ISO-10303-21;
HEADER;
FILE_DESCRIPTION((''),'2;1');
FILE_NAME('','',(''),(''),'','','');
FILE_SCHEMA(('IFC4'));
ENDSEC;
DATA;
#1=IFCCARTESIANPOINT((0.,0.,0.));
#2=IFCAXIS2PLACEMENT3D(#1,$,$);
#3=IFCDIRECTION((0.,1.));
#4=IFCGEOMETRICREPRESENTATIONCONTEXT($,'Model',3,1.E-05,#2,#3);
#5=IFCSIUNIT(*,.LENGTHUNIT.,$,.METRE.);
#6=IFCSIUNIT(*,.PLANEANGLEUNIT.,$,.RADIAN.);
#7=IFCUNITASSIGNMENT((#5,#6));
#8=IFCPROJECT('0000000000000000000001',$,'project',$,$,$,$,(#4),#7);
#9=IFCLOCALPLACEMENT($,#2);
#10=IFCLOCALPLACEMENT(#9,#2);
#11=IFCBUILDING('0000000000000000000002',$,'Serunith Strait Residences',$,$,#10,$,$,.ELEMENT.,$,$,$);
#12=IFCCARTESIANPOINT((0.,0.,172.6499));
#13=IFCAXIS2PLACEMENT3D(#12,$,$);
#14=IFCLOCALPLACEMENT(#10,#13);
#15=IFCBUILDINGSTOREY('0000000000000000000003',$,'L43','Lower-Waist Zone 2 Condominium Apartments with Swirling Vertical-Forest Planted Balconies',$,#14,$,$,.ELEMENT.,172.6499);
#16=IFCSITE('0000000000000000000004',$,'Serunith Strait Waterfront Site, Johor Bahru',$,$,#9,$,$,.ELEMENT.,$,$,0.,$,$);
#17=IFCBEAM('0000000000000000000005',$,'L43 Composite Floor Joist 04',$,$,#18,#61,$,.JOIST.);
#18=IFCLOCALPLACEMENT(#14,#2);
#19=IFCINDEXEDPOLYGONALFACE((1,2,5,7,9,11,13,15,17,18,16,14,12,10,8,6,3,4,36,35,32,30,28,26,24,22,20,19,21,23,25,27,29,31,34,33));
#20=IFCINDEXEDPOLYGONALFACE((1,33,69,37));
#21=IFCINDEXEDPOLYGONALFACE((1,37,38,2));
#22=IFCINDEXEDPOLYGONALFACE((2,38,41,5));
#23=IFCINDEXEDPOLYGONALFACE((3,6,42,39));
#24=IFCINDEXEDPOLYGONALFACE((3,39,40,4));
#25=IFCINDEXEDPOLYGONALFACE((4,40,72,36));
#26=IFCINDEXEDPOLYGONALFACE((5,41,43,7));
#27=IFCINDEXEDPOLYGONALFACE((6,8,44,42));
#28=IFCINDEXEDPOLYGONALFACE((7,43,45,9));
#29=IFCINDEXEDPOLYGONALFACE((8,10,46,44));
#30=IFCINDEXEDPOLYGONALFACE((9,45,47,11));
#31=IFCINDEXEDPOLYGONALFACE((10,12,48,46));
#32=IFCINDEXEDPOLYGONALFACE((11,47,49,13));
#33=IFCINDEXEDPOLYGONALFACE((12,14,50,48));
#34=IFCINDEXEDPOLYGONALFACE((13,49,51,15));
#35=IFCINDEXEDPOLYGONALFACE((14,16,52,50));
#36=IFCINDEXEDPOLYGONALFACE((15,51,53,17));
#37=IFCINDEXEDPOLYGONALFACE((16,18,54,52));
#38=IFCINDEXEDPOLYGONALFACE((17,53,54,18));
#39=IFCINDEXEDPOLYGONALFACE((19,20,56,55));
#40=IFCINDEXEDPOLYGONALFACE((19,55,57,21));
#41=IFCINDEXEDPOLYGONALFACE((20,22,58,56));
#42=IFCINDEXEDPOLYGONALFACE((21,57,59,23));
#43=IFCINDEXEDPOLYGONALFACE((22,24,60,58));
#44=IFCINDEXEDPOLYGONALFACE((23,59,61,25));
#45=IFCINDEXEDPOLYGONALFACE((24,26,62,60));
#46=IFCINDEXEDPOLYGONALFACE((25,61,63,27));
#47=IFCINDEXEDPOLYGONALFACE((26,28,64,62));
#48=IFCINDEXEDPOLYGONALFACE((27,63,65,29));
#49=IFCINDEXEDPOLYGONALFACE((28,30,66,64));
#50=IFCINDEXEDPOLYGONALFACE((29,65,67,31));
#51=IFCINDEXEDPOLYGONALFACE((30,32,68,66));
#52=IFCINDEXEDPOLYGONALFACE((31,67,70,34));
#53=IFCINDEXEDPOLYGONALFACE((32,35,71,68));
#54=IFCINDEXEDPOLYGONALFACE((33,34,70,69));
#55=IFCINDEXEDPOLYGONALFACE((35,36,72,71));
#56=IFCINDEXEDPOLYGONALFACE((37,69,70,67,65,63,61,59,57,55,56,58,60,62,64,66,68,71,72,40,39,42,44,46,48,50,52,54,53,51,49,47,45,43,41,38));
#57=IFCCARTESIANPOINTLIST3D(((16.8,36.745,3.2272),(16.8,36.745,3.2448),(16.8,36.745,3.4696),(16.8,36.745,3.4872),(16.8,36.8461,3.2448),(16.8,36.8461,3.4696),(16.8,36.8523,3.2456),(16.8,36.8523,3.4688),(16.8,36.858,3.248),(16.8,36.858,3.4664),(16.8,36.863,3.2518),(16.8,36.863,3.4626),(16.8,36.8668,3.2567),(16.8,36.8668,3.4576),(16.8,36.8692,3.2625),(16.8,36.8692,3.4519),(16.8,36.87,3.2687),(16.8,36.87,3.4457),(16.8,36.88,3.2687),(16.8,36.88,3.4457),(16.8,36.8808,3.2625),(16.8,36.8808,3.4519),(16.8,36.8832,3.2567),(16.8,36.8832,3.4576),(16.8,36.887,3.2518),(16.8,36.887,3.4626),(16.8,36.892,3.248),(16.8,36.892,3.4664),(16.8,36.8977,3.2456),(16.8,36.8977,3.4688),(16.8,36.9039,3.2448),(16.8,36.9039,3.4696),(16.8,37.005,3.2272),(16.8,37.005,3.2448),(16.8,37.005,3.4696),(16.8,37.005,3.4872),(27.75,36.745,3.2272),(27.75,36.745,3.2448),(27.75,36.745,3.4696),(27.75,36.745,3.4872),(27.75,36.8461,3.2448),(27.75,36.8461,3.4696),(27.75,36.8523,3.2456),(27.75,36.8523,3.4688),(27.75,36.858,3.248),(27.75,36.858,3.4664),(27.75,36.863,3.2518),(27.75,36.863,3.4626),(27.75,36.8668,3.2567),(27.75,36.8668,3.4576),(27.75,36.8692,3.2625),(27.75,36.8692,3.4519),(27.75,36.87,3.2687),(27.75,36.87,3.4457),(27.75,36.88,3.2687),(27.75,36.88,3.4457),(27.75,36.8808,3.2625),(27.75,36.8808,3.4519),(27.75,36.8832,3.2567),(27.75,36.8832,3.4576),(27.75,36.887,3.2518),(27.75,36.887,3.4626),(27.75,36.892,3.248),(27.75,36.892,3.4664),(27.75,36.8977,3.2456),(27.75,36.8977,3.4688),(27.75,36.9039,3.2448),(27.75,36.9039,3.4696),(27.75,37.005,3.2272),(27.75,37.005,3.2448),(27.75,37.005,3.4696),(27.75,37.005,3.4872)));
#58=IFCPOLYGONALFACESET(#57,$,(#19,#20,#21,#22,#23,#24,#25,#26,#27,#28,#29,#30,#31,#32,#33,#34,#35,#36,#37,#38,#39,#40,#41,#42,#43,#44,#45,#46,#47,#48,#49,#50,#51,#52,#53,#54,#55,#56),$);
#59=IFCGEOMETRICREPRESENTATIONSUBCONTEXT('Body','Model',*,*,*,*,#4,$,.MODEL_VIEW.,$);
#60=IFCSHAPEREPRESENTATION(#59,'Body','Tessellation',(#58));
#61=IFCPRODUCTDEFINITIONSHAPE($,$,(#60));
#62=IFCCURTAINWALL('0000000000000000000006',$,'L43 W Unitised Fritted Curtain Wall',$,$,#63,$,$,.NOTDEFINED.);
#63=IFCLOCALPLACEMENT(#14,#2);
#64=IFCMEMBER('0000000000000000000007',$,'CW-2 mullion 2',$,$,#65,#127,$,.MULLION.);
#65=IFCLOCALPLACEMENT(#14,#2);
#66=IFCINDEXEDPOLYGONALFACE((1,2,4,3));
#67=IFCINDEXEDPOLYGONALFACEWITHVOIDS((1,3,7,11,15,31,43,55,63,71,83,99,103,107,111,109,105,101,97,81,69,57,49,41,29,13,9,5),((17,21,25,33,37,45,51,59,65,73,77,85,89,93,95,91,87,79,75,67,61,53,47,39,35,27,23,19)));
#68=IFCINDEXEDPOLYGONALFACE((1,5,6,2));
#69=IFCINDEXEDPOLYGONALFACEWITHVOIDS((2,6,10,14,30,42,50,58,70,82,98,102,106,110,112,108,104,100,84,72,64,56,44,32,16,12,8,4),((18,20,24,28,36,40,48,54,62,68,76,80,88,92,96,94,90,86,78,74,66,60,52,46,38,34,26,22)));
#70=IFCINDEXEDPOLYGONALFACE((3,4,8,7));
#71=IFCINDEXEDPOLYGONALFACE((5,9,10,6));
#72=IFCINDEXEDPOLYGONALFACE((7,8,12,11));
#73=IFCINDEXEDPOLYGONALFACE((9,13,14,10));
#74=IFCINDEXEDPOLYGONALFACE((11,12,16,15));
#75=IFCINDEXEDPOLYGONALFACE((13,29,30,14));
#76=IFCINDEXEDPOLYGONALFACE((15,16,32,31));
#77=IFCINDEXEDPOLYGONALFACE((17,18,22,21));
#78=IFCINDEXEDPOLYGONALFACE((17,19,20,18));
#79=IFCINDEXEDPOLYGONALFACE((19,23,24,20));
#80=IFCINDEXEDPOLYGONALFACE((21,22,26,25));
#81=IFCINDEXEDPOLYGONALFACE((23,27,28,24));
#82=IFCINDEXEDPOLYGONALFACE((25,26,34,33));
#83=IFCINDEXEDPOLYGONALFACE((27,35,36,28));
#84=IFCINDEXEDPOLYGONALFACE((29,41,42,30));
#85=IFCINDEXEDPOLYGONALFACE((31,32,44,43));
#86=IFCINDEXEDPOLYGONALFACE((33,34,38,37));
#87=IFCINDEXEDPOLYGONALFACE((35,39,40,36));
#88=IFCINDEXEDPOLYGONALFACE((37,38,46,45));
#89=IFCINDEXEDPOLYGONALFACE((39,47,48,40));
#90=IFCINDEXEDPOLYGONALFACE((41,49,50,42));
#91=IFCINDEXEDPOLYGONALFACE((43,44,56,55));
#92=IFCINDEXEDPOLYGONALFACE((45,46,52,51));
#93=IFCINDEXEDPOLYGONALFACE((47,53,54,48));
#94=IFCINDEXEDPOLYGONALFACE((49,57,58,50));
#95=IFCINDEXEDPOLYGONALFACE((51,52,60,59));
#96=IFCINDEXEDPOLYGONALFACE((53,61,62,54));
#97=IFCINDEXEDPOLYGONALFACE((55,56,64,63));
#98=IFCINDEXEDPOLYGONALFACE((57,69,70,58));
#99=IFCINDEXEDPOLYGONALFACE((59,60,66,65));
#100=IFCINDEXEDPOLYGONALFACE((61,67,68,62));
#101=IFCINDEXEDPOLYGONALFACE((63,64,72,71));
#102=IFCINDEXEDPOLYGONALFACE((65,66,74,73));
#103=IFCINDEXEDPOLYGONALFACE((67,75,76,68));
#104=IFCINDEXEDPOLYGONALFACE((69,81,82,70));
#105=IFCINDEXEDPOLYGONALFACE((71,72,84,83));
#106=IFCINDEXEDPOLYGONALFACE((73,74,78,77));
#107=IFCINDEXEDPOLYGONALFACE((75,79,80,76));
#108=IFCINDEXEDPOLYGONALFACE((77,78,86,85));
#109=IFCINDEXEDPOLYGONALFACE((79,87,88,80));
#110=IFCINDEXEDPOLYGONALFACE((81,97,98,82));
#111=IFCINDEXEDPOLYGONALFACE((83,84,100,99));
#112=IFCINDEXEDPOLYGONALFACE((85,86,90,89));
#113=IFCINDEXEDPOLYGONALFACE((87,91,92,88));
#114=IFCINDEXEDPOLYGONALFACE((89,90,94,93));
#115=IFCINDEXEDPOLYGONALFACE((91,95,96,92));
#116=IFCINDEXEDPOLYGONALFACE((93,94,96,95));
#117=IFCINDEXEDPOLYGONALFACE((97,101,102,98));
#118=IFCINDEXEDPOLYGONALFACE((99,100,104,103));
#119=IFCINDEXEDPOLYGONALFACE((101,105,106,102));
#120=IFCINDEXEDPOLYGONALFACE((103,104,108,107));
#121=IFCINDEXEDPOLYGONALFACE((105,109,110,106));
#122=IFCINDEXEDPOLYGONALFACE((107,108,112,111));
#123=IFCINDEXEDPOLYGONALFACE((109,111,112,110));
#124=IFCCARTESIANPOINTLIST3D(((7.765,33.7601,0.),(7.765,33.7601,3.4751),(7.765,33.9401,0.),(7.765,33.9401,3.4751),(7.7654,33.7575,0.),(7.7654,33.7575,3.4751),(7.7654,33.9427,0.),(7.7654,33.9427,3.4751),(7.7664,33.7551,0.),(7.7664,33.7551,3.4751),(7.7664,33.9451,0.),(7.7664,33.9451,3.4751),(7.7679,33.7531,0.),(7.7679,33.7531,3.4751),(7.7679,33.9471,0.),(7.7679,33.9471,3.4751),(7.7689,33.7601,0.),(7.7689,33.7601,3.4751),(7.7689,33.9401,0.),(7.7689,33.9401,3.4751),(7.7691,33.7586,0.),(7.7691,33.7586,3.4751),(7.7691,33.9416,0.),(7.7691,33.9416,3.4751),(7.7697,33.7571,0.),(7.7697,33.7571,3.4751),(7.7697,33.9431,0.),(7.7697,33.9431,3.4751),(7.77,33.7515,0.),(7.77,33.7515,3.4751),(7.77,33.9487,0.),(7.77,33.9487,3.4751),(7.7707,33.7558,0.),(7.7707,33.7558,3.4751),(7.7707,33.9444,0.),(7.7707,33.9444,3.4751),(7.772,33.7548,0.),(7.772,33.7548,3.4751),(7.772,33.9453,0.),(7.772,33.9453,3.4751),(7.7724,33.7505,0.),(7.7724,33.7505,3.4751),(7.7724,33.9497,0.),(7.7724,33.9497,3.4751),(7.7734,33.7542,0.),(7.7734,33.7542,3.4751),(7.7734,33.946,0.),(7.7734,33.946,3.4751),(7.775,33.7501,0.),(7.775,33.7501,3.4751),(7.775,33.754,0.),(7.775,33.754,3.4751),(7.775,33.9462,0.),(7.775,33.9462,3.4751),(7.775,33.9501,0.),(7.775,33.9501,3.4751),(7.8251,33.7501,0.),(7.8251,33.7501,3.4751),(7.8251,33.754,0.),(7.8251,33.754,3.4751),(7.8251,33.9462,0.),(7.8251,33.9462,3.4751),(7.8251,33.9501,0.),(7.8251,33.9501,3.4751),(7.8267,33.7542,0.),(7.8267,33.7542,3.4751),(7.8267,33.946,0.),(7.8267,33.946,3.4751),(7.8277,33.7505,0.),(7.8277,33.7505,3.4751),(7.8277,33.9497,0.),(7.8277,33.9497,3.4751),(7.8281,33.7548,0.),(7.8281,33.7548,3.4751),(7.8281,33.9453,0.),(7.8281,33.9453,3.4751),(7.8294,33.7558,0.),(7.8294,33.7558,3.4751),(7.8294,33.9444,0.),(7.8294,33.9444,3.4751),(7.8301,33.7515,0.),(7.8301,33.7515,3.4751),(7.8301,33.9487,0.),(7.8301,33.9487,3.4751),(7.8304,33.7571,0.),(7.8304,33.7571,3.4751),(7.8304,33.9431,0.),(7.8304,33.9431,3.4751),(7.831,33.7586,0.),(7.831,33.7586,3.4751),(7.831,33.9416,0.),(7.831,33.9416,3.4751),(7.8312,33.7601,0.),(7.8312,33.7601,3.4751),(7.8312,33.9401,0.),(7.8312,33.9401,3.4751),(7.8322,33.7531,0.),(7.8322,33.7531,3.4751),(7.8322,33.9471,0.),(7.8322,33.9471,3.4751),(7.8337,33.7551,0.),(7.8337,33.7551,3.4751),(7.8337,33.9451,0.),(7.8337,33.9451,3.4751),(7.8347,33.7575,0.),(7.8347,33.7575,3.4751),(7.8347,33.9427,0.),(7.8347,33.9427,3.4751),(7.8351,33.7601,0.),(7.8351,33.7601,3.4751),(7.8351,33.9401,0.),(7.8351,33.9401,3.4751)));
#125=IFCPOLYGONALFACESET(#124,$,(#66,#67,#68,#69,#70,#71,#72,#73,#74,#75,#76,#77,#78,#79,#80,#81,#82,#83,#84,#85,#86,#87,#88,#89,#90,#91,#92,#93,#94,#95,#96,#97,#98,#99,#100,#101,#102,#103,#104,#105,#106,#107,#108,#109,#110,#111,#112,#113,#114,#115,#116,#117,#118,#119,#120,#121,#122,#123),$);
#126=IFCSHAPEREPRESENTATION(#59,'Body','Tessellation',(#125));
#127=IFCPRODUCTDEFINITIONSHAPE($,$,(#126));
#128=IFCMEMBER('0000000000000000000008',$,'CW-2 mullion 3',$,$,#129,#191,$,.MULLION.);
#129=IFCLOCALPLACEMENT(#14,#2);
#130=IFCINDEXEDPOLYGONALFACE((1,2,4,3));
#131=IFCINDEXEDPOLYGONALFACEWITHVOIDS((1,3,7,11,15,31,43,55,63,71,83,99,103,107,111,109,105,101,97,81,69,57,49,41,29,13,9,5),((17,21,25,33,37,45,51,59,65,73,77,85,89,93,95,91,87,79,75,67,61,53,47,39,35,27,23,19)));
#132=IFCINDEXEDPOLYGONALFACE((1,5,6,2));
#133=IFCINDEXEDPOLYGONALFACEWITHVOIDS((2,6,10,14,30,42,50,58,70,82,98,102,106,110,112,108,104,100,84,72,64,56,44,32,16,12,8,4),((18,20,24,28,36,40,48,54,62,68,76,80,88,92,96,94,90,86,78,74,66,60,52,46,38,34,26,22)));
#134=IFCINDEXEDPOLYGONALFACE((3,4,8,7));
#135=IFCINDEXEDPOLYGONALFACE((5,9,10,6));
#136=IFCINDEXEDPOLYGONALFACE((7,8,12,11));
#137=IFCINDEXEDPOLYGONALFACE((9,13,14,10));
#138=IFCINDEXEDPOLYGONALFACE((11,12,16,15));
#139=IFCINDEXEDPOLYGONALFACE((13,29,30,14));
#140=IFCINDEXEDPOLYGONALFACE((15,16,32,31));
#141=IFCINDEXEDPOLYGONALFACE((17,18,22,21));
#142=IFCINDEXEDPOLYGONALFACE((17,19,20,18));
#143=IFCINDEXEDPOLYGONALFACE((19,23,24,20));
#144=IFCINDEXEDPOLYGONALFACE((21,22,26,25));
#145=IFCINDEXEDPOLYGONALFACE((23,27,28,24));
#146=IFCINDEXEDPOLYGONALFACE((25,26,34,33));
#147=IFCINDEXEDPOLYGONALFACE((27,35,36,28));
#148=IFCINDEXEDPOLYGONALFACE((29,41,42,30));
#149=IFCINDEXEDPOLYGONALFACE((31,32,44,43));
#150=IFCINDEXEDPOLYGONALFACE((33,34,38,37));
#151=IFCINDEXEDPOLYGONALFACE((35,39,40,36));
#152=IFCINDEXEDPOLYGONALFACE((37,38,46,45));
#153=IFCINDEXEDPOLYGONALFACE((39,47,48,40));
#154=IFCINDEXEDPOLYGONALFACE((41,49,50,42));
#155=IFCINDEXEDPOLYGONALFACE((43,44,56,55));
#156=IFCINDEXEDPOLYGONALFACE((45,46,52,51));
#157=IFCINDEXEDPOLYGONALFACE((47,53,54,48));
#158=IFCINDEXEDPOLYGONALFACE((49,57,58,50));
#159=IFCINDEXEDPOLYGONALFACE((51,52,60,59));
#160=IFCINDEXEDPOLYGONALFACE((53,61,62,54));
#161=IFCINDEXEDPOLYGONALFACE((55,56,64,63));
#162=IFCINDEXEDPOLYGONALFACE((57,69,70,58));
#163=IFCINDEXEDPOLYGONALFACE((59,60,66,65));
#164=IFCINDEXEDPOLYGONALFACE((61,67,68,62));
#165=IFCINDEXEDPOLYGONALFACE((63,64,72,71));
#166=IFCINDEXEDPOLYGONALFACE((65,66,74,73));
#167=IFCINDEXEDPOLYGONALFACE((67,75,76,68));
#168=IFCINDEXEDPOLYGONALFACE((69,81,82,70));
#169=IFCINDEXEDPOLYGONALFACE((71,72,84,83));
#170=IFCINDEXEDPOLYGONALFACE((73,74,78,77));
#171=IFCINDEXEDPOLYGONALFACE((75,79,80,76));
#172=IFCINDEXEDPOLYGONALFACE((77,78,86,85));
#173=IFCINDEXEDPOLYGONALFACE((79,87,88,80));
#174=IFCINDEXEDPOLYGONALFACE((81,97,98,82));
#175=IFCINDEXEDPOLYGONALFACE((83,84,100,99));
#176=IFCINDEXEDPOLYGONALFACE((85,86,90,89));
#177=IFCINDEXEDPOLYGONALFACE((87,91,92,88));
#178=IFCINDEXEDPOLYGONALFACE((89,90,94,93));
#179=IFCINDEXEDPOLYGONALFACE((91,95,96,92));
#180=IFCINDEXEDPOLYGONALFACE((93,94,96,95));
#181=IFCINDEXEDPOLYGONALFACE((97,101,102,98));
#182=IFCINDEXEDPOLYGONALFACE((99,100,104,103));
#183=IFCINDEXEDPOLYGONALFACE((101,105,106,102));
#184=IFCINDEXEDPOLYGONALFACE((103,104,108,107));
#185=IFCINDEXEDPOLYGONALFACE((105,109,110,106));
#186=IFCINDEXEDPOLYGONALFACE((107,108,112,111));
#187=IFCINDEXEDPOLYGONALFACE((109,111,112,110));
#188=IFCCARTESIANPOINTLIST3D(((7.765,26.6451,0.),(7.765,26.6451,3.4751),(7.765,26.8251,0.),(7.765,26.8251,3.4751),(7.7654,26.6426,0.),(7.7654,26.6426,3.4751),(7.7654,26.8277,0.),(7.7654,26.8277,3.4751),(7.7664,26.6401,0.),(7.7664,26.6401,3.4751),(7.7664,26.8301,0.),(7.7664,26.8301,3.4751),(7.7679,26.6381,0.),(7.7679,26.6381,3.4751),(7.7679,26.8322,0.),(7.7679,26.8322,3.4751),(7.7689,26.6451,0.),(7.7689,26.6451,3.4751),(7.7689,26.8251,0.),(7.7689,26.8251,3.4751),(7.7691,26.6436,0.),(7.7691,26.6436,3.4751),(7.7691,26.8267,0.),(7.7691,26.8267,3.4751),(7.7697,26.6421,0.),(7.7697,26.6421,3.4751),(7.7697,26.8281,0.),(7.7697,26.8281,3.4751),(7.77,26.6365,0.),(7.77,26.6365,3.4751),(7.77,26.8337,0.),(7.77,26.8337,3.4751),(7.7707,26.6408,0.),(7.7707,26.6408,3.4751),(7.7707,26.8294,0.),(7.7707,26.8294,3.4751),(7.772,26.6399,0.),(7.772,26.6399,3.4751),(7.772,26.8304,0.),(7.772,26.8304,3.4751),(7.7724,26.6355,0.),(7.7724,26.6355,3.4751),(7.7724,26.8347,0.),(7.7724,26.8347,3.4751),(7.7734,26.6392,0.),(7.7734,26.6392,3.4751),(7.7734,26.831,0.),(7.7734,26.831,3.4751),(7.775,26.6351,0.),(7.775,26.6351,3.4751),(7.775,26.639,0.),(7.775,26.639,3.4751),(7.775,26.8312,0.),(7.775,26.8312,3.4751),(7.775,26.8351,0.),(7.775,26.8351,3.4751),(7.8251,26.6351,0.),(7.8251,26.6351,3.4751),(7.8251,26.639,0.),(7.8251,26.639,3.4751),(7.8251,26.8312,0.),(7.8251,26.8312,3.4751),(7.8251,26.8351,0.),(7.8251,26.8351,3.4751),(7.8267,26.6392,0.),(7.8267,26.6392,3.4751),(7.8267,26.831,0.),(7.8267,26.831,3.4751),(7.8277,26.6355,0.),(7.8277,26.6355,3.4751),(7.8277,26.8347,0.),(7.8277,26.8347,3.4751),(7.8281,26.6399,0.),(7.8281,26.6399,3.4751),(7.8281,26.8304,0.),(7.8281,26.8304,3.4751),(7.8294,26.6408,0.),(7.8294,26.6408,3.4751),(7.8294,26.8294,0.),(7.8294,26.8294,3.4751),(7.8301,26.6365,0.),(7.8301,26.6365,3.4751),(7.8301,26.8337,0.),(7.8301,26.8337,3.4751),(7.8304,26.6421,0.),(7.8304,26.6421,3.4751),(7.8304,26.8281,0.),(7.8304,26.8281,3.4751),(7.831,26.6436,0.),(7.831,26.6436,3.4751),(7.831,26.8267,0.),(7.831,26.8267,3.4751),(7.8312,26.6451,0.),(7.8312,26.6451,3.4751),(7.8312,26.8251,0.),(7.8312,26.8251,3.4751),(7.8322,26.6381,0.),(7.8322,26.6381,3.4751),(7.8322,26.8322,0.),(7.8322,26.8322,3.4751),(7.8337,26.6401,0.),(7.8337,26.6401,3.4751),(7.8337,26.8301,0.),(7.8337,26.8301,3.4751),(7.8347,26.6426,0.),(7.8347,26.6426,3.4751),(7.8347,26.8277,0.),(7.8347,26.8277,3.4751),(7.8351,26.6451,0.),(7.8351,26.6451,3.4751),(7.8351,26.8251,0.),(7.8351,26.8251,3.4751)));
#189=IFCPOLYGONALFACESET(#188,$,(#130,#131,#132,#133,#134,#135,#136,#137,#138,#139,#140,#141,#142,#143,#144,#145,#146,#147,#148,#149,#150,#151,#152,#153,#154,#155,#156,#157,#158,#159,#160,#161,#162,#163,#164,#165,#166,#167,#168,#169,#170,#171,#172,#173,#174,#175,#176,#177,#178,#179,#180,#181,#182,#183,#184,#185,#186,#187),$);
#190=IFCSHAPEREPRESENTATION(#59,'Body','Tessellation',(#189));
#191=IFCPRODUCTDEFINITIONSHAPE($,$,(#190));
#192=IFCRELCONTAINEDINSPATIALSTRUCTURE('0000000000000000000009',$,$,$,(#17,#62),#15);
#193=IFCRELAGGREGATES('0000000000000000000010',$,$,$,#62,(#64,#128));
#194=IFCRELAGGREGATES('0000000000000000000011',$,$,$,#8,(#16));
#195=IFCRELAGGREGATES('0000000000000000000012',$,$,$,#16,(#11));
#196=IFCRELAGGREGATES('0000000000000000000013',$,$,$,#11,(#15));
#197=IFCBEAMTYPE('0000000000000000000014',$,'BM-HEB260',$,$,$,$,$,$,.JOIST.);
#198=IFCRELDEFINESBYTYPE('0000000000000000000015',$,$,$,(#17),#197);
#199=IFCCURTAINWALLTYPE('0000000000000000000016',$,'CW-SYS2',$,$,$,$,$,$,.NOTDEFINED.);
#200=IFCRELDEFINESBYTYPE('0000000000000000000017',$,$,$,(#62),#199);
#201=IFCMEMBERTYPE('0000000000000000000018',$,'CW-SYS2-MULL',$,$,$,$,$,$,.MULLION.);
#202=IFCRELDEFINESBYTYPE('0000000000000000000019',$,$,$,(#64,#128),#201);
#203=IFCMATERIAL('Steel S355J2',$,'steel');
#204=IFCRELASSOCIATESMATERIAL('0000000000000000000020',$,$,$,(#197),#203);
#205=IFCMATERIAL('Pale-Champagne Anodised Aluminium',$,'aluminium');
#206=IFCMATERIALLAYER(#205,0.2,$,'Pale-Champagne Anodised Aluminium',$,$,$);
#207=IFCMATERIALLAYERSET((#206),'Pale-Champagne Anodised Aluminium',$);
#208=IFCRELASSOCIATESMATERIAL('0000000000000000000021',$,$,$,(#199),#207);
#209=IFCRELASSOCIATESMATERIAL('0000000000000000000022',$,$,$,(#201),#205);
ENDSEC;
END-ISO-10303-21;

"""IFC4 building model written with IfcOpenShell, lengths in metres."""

from ifc_helpers import new_model, si_unit, direction, frame, origin, origin_2d, place, context, subcontext, project, spatial, hollow_rectangle, i_section, extrude, source, transform, mapped, material, layer, layer_set, material_profile, profile_set, type_object, element, aggregate, save


model = new_model("IFC4")

# Units and contexts
model_context = context("Model", 3, precision=1e-05, world=origin(), true_north=direction((0.0, 1.0)))
body_context = subcontext(model_context, "Body", "Model", "MODEL_VIEW")
ifc_project = project(units=[si_unit("LENGTHUNIT", "METRE"), si_unit("PLANEANGLEUNIT", "RADIAN")], contexts=[model_context])

# Site, building, storey
site_placement = place(None, origin())
site = spatial("IfcSite", under=ifc_project, at=site_placement, Name="Serunith Strait Waterfront Site, Johor Bahru", CompositionType="ELEMENT", RefElevation=0.0)
building_placement = place(site_placement, origin())
building = spatial("IfcBuilding", under=site, at=building_placement, Name="Serunith Strait Residences", CompositionType="ELEMENT")
storey_placement = place(building_placement, frame((0.0, 0.0, 172.6499)))
storey = spatial("IfcBuildingStorey", under=building, at=storey_placement, Name="L43", Description="Lower-Waist Zone 2 Condominium Apartments with Swirling Vertical-Forest Planted Balconies", CompositionType="ELEMENT", Elevation=172.6499)

# Beam
ifc_material_1 = material(Name="Steel S355J2", Category="steel")
ifc_material_profile_1 = material_profile(ifc_material_1, i_section(OverallWidth=0.26, OverallDepth=0.26, WebThickness=0.01, FlangeThickness=0.0176, FilletRadius=0.0239, at=origin_2d()), Name="HEB 260")
ifc_profile_set_1 = profile_set([ifc_material_profile_1], Name="Steel S355J2")
beam_type_1 = type_object("IfcBeamType", Name="BM-HEB260", PredefinedType="JOIST", material=ifc_profile_set_1)
shared_shape_1 = source(origin(), body_context, "Body", "SweptSolid", [
    extrude(i_section(OverallWidth=0.26, OverallDepth=0.26, WebThickness=0.01, FlangeThickness=0.0176, FilletRadius=0.0239, at=origin_2d()), origin(), (0.0, 0.0, 1.0), 10.95),
])
beam_1_placement = place(storey_placement, frame((16.8, 36.875, 3.3572), z_axis=(1.0, 0.0, 0.0), x_axis=(0.0, 1.0, 0.0)))
element("IfcBeam", 1, at=beam_1_placement, inside=storey, type_object=beam_type_1, Name="L43 Composite Floor Joist 04", PredefinedType="JOIST", context=body_context, shape_type="MappedRepresentation", body=[
    mapped(shared_shape_1, transform((0.0, 0.0, 0.0), scale=1.0)),
])

# Curtain wall, members
ifc_material_2 = material(Name="Pale-Champagne Anodised Aluminium", Category="aluminium")
ifc_layer_1 = layer(ifc_material_2, 0.2, Name="Pale-Champagne Anodised Aluminium")
ifc_layer_set_1 = layer_set([ifc_layer_1], Name="Pale-Champagne Anodised Aluminium")
curtain_wall_type = type_object("IfcCurtainWallType", Name="CW-SYS2", PredefinedType="NOTDEFINED", material=ifc_layer_set_1)
curtain_wall_placement = place(storey_placement, origin())
curtain_wall = element("IfcCurtainWall", 2, at=curtain_wall_placement, inside=storey, type_object=curtain_wall_type, Name="L43 W Unitised Fritted Curtain Wall", PredefinedType="NOTDEFINED")
ifc_material_profile_2 = material_profile(ifc_material_2, hollow_rectangle(XDim=0.0701, YDim=0.2, WallThickness=0.0039, InnerFilletRadius=0.0061, OuterFilletRadius=0.01, at=origin_2d()), Name="ALU 200x70x4")
ifc_profile_set_2 = profile_set([ifc_material_profile_2], Name="Pale-Champagne Anodised Aluminium")
member_type_1 = type_object("IfcMemberType", Name="CW-SYS2-MULL", PredefinedType="MULLION", material=ifc_profile_set_2)
shared_shape_2 = source(origin(), body_context, "Body", "SweptSolid", [
    extrude(hollow_rectangle(XDim=0.0701, YDim=0.2, WallThickness=0.0039, InnerFilletRadius=0.0061, OuterFilletRadius=0.01, at=origin_2d()), origin(), (0.0, 0.0, 1.0), 3.4751),
])
member_1_placement = place(storey_placement, frame((7.8, 33.8501, 0.0), z_axis=(0.0, 0.0, 1.0), x_axis=(1.0, 0.0, 0.0)))
member_1 = element("IfcMember", 3, at=member_1_placement, type_object=member_type_1, Name="CW-2 mullion 2", PredefinedType="MULLION", context=body_context, shape_type="MappedRepresentation", body=[
    mapped(shared_shape_2, transform((0.0, 0.0, 0.0), scale=1.0)),
])
member_2_placement = place(storey_placement, frame((7.8, 26.7351, 0.0), z_axis=(0.0, 0.0, 1.0), x_axis=(1.0, 0.0, 0.0)))
member_2 = element("IfcMember", 4, at=member_2_placement, type_object=member_type_1, Name="CW-2 mullion 3", PredefinedType="MULLION", context=body_context, shape_type="MappedRepresentation", body=[
    mapped(shared_shape_2, transform((0.0, 0.0, 0.0), scale=1.0)),
])
aggregate(curtain_wall, [member_1, member_2])

save(model, "model.ifc")
